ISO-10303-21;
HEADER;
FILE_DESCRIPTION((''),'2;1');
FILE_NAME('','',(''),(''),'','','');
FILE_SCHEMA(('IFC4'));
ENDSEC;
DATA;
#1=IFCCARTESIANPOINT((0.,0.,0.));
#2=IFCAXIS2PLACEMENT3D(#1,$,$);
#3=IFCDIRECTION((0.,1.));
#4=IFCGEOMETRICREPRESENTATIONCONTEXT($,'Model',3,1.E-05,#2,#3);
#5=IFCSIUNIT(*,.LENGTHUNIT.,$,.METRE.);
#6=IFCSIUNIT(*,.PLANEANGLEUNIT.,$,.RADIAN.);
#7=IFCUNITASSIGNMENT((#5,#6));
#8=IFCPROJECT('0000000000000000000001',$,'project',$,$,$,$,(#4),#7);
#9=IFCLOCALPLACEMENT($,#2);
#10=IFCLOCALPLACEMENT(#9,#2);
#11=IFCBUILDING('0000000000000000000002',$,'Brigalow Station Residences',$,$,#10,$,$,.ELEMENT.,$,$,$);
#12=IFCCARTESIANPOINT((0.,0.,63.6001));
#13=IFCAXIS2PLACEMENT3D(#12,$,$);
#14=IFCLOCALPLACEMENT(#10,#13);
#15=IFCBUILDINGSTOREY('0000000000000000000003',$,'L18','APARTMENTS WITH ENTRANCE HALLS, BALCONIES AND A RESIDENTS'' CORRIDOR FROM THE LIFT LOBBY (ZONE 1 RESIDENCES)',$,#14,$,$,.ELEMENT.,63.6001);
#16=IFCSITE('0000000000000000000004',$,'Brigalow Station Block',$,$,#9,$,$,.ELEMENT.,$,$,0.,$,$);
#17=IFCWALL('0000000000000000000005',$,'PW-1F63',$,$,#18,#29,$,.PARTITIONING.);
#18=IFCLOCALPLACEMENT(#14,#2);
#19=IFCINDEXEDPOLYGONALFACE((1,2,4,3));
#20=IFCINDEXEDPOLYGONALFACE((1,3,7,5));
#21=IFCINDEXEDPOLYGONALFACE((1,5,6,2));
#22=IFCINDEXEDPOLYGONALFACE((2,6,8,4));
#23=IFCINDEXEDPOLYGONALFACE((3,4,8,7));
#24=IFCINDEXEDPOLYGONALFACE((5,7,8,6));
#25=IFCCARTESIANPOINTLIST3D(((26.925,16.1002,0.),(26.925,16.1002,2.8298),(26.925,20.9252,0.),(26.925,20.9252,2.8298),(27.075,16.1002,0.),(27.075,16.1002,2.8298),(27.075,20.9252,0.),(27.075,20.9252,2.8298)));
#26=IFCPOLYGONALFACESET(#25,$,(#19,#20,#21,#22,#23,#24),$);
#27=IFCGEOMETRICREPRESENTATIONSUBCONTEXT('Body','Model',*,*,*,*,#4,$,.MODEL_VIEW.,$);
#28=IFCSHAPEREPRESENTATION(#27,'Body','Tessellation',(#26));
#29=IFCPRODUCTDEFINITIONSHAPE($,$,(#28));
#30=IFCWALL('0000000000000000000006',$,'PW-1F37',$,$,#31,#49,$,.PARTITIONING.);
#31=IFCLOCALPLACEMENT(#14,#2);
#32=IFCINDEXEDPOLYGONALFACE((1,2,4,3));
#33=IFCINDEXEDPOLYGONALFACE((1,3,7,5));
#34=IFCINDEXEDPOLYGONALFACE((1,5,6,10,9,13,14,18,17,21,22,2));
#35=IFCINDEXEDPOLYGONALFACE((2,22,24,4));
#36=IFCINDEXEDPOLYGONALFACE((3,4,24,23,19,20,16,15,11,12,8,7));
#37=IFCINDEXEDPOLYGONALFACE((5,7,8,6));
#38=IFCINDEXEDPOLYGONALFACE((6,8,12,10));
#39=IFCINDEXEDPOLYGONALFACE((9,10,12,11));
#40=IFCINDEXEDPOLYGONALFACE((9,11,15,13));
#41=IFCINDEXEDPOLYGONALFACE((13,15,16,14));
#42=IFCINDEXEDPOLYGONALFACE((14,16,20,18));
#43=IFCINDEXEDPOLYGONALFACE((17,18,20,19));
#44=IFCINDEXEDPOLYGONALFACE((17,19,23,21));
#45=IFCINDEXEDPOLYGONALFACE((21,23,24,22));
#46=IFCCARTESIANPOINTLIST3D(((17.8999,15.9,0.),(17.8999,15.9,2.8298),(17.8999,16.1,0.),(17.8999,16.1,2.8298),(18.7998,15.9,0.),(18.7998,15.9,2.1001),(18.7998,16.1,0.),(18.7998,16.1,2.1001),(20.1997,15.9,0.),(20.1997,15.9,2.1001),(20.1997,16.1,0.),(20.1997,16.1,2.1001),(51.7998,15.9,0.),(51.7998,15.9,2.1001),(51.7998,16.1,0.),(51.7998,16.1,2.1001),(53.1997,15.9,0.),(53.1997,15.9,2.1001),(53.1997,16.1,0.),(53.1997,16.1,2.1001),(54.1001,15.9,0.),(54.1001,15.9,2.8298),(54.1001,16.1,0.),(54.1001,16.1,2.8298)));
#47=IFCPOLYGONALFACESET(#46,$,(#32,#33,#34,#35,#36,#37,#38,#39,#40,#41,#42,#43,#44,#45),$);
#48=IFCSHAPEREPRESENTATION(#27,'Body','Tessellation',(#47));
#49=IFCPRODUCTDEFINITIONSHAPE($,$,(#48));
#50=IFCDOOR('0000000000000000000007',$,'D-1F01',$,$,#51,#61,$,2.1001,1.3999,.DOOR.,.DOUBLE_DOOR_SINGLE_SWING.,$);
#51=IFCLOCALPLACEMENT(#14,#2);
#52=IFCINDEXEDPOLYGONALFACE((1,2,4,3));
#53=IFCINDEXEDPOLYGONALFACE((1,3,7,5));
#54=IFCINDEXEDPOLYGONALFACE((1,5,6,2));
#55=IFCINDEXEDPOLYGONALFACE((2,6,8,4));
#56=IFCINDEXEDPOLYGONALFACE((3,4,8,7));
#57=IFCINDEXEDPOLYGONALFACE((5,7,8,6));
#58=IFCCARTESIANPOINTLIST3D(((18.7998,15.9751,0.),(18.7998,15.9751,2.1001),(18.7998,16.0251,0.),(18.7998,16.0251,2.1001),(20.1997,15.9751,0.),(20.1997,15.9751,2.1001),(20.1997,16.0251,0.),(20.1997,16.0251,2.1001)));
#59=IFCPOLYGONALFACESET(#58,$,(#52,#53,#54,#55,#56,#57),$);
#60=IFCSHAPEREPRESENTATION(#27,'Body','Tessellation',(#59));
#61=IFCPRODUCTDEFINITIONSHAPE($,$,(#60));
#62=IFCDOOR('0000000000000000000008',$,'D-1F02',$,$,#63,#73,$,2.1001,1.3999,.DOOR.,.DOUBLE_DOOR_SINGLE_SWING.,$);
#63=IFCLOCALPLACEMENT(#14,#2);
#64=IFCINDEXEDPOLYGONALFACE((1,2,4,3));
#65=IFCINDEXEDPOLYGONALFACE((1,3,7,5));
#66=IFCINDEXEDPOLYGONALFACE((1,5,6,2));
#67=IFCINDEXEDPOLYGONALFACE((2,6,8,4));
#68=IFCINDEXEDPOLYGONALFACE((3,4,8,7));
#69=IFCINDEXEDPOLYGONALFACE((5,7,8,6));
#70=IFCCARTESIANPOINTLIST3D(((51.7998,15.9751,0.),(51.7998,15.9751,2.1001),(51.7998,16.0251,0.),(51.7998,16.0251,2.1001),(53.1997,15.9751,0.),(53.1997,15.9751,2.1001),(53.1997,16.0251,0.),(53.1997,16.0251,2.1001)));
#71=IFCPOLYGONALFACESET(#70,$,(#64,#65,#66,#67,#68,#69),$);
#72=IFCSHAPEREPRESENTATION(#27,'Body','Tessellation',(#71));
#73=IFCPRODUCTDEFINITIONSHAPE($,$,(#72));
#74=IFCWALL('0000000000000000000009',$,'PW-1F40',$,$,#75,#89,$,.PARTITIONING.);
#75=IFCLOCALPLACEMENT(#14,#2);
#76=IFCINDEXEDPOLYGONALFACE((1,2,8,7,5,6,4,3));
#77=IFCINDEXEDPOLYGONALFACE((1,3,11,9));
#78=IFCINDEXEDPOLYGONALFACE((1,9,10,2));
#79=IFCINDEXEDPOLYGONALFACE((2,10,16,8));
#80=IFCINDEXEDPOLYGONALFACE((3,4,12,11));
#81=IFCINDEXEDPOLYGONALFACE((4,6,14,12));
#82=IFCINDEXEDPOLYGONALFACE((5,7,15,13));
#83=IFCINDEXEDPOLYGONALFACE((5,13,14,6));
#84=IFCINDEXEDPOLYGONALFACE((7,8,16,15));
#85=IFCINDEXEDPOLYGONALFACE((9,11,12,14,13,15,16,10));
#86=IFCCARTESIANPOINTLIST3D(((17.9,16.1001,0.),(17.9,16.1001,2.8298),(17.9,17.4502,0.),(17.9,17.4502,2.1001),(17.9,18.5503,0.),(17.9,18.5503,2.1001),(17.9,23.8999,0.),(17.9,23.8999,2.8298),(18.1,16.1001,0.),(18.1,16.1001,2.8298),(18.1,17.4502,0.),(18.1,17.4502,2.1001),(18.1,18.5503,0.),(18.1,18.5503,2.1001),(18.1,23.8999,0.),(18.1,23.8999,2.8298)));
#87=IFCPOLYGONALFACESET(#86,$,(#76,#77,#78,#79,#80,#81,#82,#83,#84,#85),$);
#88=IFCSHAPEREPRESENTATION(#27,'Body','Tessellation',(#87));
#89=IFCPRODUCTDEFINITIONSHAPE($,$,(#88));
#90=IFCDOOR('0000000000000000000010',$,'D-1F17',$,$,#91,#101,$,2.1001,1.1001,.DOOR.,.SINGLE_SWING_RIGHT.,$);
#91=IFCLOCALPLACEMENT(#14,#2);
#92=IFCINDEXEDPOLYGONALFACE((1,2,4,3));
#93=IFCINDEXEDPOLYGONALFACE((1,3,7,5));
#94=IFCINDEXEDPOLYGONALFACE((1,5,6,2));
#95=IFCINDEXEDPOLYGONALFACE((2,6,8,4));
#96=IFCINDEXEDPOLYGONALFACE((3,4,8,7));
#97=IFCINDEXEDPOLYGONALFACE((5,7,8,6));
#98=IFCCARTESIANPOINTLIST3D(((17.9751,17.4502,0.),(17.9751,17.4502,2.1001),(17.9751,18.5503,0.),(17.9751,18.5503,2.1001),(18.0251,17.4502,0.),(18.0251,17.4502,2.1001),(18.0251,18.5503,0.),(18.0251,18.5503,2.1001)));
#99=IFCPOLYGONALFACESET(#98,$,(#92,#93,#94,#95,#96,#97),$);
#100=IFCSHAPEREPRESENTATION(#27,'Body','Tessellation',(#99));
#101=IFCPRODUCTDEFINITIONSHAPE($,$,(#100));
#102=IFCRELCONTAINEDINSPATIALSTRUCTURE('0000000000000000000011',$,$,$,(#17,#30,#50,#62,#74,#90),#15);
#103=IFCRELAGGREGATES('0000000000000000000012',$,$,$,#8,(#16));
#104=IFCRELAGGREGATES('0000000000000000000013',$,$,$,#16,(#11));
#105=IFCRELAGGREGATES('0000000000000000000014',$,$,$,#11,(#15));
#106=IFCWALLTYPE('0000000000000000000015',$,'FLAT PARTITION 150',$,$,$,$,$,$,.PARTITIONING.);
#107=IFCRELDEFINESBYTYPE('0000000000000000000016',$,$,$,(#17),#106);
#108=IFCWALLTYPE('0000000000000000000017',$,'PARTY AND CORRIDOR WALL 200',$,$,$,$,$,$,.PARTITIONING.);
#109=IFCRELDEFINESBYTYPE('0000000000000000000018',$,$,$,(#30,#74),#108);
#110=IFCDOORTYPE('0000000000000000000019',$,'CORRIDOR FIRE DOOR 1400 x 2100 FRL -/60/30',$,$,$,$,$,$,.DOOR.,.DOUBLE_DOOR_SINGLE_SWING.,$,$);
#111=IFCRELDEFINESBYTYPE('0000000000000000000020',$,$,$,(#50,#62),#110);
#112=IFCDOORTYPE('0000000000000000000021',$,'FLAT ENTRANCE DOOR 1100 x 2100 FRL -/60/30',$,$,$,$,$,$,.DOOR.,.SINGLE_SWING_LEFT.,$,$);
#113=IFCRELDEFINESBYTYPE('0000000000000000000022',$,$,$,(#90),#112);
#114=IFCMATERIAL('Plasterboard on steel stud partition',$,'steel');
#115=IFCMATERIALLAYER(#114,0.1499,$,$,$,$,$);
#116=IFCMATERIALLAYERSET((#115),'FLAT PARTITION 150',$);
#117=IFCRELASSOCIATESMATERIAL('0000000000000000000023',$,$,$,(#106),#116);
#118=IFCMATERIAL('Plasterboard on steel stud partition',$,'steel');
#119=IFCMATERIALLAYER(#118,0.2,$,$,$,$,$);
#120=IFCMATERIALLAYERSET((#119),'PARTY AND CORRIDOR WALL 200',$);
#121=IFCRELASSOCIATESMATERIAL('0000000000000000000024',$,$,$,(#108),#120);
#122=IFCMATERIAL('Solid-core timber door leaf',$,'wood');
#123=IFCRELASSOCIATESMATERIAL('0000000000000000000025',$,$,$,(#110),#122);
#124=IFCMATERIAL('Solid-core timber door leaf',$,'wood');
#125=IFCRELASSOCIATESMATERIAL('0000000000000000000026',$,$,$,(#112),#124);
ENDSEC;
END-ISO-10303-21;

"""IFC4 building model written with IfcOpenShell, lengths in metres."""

from ifc_helpers import new_model, si_unit, direction, frame, frame_2d, origin, place, context, subcontext, project, spatial, rectangle, extrude, material, layer, layer_set, type_object, element, fill, save


model = new_model("IFC4")

# Units and contexts
model_context = context("Model", 3, precision=1e-05, world=origin(), true_north=direction((0.0, 1.0)))
body_context = subcontext(model_context, "Body", "Model", "MODEL_VIEW")
ifc_project = project(units=[si_unit("LENGTHUNIT", "METRE"), si_unit("PLANEANGLEUNIT", "RADIAN")], contexts=[model_context])

# Site, building, storey
site_placement = place(None, origin())
site = spatial("IfcSite", under=ifc_project, at=site_placement, Name="Brigalow Station Block", CompositionType="ELEMENT", RefElevation=0.0)
building_placement = place(site_placement, origin())
building = spatial("IfcBuilding", under=site, at=building_placement, Name="Brigalow Station Residences", CompositionType="ELEMENT")
storey_placement = place(building_placement, frame((0.0, 0.0, 63.6001)))
storey = spatial("IfcBuildingStorey", under=building, at=storey_placement, Name="L18", Description="APARTMENTS WITH ENTRANCE HALLS, BALCONIES AND A RESIDENTS' CORRIDOR FROM THE LIFT LOBBY (ZONE 1 RESIDENCES)", CompositionType="ELEMENT", Elevation=63.6001)

# Shared definitions
ifc_material_1 = material(Name="Plasterboard on steel stud partition", Category="steel")
ifc_layer_1 = layer(ifc_material_1, 0.1499)
ifc_layer_set_1 = layer_set([ifc_layer_1], Name="FLAT PARTITION 150")
wall_type_1 = type_object("IfcWallType", Name="FLAT PARTITION 150", PredefinedType="PARTITIONING", material=ifc_layer_set_1)

# Wall
wall_1_placement = place(storey_placement, frame((27.0, 16.1001, 0.0), z_axis=(0.0, 0.0, 1.0), x_axis=(0.0, 1.0, 0.0)))
element("IfcWall", 1, at=wall_1_placement, inside=storey, type_object=wall_type_1, Name="PW-1F63", PredefinedType="PARTITIONING", context=body_context, shape_type="SweptSolid", body=[
    extrude(rectangle(XDim=4.825, YDim=0.1499, at=frame_2d((2.4126, 0.0))), origin(), (0.0, 0.0, 1.0), 2.8298),
])

# Wall, openings, doors
ifc_material_2 = material(Name="Plasterboard on steel stud partition", Category="steel")
ifc_layer_2 = layer(ifc_material_2, 0.2)
ifc_layer_set_2 = layer_set([ifc_layer_2], Name="PARTY AND CORRIDOR WALL 200")
wall_type_2 = type_object("IfcWallType", Name="PARTY AND CORRIDOR WALL 200", PredefinedType="PARTITIONING", material=ifc_layer_set_2)
wall_2_placement = place(storey_placement, frame((17.8999, 16.0, 0.0), z_axis=(0.0, 0.0, 1.0), x_axis=(1.0, 0.0, 0.0)))
wall_2 = element("IfcWall", 2, at=wall_2_placement, inside=storey, type_object=wall_type_2, Name="PW-1F37", PredefinedType="PARTITIONING", context=body_context, shape_type="SweptSolid", body=[
    extrude(rectangle(XDim=36.2002, YDim=0.2, at=frame_2d((18.1001, 0.0))), origin(), (0.0, 0.0, 1.0), 2.8298),
])
opening_1_placement = place(wall_2_placement, frame((0.8999, 0.0, 0.0)))
opening_1 = element("IfcOpeningElement", 3, at=opening_1_placement, cuts=wall_2, PredefinedType="OPENING", context=body_context, shape_type="SweptSolid", body=[
    extrude(rectangle(XDim=1.3999, YDim=2.1001, at=frame_2d((0.7, 1.05))), frame((0.0, 0.1099, 0.0), z_axis=(0.0, -1.0, 0.0), x_axis=(1.0, 0.0, 0.0)), (0.0, 0.0, 1.0), 0.22),
])
opening_2_placement = place(wall_2_placement, frame((33.8999, 0.0, 0.0)))
opening_2 = element("IfcOpeningElement", 4, at=opening_2_placement, cuts=wall_2, PredefinedType="OPENING", context=body_context, shape_type="SweptSolid", body=[
    extrude(rectangle(XDim=1.3999, YDim=2.1001, at=frame_2d((0.7, 1.05))), frame((0.0, 0.1099, 0.0), z_axis=(0.0, -1.0, 0.0), x_axis=(1.0, 0.0, 0.0)), (0.0, 0.0, 1.0), 0.22),
])
ifc_material_3 = material(Name="Solid-core timber door leaf", Category="wood")
door_type_1 = type_object("IfcDoorType", Name="CORRIDOR FIRE DOOR 1400 x 2100 FRL -/60/30", OperationType="DOUBLE_DOOR_SINGLE_SWING", PredefinedType="DOOR", material=ifc_material_3)
door_1_placement = place(opening_1_placement, frame((1.3999, 0.0, 0.0), z_axis=(0.0, 0.0, 1.0), x_axis=(-1.0, 0.0, 0.0)))
door_1 = element("IfcDoor", 5, at=door_1_placement, inside=storey, type_object=door_type_1, Name="D-1F01", OperationType="DOUBLE_DOOR_SINGLE_SWING", OverallHeight=2.1001, OverallWidth=1.3999, PredefinedType="DOOR", context=body_context, shape_type="SweptSolid", body=[
    extrude(rectangle(XDim=1.3999, YDim=2.1001, at=frame_2d((0.7, 1.05))), frame((0.0, 0.0249, 0.0), z_axis=(0.0, -1.0, 0.0), x_axis=(1.0, 0.0, 0.0)), (0.0, 0.0, 1.0), 0.05),
])
fill(opening_1, door_1)
door_2_placement = place(opening_2_placement, frame((1.3999, 0.0, 0.0), z_axis=(0.0, 0.0, 1.0), x_axis=(-1.0, 0.0, 0.0)))
door_2 = element("IfcDoor", 6, at=door_2_placement, inside=storey, type_object=door_type_1, Name="D-1F02", OperationType="DOUBLE_DOOR_SINGLE_SWING", OverallHeight=2.1001, OverallWidth=1.3999, PredefinedType="DOOR", context=body_context, shape_type="SweptSolid", body=[
    extrude(rectangle(XDim=1.3999, YDim=2.1001, at=frame_2d((0.7, 1.05))), frame((0.0, 0.0249, 0.0), z_axis=(0.0, -1.0, 0.0), x_axis=(1.0, 0.0, 0.0)), (0.0, 0.0, 1.0), 0.05),
])
fill(opening_2, door_2)

# Wall, opening, door
wall_3_placement = place(storey_placement, frame((18.0, 16.1001, 0.0), z_axis=(0.0, 0.0, 1.0), x_axis=(0.0, 1.0, 0.0)))
wall_3 = element("IfcWall", 7, at=wall_3_placement, inside=storey, type_object=wall_type_2, Name="PW-1F40", PredefinedType="PARTITIONING", context=body_context, shape_type="SweptSolid", body=[
    extrude(rectangle(XDim=7.7998, YDim=0.2, at=frame_2d((3.8999, 0.0))), origin(), (0.0, 0.0, 1.0), 2.8298),
])
opening_3_placement = place(wall_3_placement, frame((1.3501, 0.0, 0.0)))
opening_3 = element("IfcOpeningElement", 8, at=opening_3_placement, cuts=wall_3, PredefinedType="OPENING", context=body_context, shape_type="SweptSolid", body=[
    extrude(rectangle(XDim=1.1001, YDim=2.1001, at=frame_2d((0.55, 1.05))), frame((0.0, 0.1099, 0.0), z_axis=(0.0, -1.0, 0.0), x_axis=(1.0, 0.0, 0.0)), (0.0, 0.0, 1.0), 0.22),
])
ifc_material_4 = material(Name="Solid-core timber door leaf", Category="wood")
door_type_2 = type_object("IfcDoorType", Name="FLAT ENTRANCE DOOR 1100 x 2100 FRL -/60/30", OperationType="SINGLE_SWING_LEFT", PredefinedType="DOOR", material=ifc_material_4)
door_3_placement = place(opening_3_placement, origin())
door_3 = element("IfcDoor", 9, at=door_3_placement, inside=storey, type_object=door_type_2, Name="D-1F17", OperationType="SINGLE_SWING_RIGHT", OverallHeight=2.1001, OverallWidth=1.1001, PredefinedType="DOOR", context=body_context, shape_type="SweptSolid", body=[
    extrude(rectangle(XDim=1.1001, YDim=2.1001, at=frame_2d((0.55, 1.05))), frame((0.0, 0.0249, 0.0), z_axis=(0.0, -1.0, 0.0), x_axis=(1.0, 0.0, 0.0)), (0.0, 0.0, 1.0), 0.05),
])
fill(opening_3, door_3)

save(model, "model.ifc")
